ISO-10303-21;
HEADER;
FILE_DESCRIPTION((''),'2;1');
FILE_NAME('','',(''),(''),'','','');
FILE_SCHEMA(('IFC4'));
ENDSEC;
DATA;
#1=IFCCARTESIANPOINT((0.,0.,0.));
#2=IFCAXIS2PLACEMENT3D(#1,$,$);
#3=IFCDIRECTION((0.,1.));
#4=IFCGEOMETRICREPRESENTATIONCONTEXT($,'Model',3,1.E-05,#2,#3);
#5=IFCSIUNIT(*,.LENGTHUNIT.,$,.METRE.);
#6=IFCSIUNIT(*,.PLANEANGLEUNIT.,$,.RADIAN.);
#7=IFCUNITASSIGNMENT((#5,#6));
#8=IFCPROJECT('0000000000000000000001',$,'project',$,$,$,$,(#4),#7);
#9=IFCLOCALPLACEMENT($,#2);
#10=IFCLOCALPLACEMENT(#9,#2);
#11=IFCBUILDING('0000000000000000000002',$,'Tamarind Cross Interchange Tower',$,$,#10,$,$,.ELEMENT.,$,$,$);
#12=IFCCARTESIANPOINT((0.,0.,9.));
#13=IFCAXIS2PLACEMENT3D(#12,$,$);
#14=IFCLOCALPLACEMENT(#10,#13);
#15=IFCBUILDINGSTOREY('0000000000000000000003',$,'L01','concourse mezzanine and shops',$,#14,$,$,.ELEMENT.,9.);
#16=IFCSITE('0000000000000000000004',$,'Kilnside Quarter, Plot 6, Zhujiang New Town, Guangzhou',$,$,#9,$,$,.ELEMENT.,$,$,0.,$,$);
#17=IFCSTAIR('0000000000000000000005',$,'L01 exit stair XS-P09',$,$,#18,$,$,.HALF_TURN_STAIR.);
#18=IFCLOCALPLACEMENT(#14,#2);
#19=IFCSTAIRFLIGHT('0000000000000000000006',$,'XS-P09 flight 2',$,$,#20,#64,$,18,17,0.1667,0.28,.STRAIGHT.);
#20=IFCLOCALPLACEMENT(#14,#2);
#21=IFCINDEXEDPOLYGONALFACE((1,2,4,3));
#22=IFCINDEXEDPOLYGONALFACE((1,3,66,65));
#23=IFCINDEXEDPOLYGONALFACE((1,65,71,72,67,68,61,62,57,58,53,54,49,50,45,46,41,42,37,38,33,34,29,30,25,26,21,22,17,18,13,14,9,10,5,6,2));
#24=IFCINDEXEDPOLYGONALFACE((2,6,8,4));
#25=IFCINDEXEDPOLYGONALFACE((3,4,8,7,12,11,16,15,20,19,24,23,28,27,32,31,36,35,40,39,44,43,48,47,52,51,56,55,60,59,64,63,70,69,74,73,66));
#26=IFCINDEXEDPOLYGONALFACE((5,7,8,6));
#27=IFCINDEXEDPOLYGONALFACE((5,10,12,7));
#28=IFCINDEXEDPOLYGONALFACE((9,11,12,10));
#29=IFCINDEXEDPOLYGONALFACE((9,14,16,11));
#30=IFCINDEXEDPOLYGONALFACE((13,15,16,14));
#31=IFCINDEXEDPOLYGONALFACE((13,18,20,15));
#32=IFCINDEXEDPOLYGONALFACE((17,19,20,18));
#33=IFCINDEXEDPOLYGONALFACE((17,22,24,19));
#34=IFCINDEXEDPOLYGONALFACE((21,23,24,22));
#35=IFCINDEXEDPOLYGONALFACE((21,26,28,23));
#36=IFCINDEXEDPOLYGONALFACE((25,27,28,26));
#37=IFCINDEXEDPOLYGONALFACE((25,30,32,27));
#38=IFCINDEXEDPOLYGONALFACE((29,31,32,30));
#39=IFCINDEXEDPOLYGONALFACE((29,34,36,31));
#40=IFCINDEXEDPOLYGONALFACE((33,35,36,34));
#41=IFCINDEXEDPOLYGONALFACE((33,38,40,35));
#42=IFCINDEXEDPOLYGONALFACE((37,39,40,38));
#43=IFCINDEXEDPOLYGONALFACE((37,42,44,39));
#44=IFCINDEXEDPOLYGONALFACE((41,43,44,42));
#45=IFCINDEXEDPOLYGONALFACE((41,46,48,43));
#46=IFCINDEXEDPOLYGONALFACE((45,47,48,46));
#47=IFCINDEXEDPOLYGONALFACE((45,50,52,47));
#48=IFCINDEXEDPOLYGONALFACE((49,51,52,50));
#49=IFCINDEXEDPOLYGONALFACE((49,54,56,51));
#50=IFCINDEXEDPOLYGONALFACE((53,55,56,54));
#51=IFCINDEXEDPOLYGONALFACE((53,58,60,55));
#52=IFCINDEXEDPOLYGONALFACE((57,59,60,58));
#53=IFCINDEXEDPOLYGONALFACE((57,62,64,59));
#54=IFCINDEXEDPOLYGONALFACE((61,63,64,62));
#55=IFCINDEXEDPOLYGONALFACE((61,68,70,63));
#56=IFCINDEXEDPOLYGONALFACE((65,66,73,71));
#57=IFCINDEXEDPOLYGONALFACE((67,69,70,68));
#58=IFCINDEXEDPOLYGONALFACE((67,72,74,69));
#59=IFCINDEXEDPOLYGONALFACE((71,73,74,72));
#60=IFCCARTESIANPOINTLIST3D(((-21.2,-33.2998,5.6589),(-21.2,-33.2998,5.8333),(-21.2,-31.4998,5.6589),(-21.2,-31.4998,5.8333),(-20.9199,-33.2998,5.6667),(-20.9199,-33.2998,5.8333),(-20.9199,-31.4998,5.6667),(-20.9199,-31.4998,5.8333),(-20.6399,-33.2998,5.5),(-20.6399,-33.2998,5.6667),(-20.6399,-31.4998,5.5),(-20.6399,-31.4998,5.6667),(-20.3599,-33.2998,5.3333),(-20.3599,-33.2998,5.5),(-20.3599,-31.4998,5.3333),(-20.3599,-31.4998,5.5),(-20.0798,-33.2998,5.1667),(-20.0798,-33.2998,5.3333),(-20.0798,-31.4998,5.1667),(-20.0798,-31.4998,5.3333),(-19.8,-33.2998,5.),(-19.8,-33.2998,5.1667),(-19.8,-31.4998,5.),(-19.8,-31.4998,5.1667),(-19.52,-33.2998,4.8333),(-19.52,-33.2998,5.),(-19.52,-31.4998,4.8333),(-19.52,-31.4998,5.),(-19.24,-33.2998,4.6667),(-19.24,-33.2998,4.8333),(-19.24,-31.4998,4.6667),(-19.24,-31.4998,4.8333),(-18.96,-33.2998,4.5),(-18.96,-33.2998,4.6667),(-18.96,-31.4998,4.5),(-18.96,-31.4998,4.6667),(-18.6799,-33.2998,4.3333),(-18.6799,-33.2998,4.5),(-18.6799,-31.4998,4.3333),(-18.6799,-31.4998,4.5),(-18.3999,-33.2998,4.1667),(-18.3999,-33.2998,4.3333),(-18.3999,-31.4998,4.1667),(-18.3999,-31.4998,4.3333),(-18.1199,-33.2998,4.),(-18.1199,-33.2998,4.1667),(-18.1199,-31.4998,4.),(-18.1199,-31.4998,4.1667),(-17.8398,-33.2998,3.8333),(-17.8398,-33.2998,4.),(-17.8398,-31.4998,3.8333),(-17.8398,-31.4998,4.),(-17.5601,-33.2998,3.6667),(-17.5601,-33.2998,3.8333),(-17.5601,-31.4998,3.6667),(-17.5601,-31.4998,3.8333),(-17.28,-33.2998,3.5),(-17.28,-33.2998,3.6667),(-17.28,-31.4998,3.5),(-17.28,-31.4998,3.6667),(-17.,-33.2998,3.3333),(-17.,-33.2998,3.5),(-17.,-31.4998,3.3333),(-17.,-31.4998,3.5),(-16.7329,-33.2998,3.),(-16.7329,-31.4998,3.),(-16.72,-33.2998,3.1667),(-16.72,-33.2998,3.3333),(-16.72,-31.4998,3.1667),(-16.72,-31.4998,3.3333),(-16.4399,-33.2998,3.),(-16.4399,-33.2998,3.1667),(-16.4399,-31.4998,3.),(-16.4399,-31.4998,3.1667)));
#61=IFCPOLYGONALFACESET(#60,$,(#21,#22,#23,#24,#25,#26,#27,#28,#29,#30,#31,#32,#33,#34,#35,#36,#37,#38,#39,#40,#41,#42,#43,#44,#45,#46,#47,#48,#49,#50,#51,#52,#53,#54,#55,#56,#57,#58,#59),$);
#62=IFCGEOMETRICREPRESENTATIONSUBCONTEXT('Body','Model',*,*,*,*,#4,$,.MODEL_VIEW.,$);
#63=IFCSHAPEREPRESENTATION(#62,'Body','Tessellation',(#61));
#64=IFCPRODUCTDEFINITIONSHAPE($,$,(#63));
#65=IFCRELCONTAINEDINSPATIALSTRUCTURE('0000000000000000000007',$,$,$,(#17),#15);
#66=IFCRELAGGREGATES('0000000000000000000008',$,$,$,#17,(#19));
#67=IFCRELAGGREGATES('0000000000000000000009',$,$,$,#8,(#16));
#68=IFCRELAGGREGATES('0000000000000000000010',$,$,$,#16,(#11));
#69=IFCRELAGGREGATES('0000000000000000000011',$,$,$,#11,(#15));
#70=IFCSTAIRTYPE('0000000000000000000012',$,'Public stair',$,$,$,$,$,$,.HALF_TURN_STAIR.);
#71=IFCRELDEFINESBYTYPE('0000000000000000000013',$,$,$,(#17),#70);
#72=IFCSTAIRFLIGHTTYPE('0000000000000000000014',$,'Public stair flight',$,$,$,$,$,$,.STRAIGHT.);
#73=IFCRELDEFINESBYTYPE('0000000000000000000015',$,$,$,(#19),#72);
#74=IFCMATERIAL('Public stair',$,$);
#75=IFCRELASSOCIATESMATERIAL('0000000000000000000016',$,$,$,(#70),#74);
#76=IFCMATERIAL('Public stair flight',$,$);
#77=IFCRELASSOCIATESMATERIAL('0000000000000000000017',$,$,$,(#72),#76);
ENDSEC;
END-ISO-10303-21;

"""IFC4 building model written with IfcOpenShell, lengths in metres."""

from ifc_helpers import new_model, si_unit, direction, frame, origin, place, context, subcontext, project, spatial, polyline, outline, extrude, material, type_object, element, aggregate, save


model = new_model("IFC4")

# Units and contexts
model_context = context("Model", 3, precision=1e-05, world=origin(), true_north=direction((0.0, 1.0)))
body_context = subcontext(model_context, "Body", "Model", "MODEL_VIEW")
ifc_project = project(units=[si_unit("LENGTHUNIT", "METRE"), si_unit("PLANEANGLEUNIT", "RADIAN")], contexts=[model_context])

# Site, building, storey
site_placement = place(None, origin())
site = spatial("IfcSite", under=ifc_project, at=site_placement, Name="Kilnside Quarter, Plot 6, Zhujiang New Town, Guangzhou", CompositionType="ELEMENT", RefElevation=0.0)
building_placement = place(site_placement, origin())
building = spatial("IfcBuilding", under=site, at=building_placement, Name="Tamarind Cross Interchange Tower", CompositionType="ELEMENT")
storey_placement = place(building_placement, frame((0.0, 0.0, 9.0)))
storey = spatial("IfcBuildingStorey", under=building, at=storey_placement, Name="L01", Description="concourse mezzanine and shops", CompositionType="ELEMENT", Elevation=9.0)

# Shared definitions
ifc_material_1 = material(Name="Public stair")
stair_type = type_object("IfcStairType", Name="Public stair", PredefinedType="HALF_TURN_STAIR", material=ifc_material_1)
ifc_material_2 = material(Name="Public stair flight")
stair_flight_type = type_object("IfcStairFlightType", Name="Public stair flight", PredefinedType="STRAIGHT", material=ifc_material_2)

# Stair, stair flight
stair_1_placement = place(storey_placement, origin())
stair_1 = element("IfcStair", 1, at=stair_1_placement, inside=storey, type_object=stair_type, Name="L01 exit stair XS-P09", PredefinedType="HALF_TURN_STAIR")
stair_flight_1_placement = place(storey_placement, frame((-16.4399, -32.3999, 3.0), z_axis=(0.0, 0.0, 1.0), x_axis=(-1.0, 0.0, 0.0)))
stair_flight_1 = element("IfcStairFlight", 2, at=stair_flight_1_placement, type_object=stair_flight_type, Name="XS-P09 flight 2", NumberOfRisers=18, NumberOfTreads=17, PredefinedType="STRAIGHT", RiserHeight=0.1667, TreadLength=0.28, context=body_context, shape_type="SweptSolid", body=[
    extrude(outline(polyline([(0.0, 0.0), (0.0, 0.1667), (0.28, 0.1667), (0.28, 0.3333), (0.5601, 0.3333), (0.5601, 0.5), (0.8401, 0.5), (0.8401, 0.6667), (1.1201, 0.6667), (1.1201, 0.8333), (1.3999, 0.8333), (1.3999, 1.0), (1.6799, 1.0), (1.6799, 1.1667), (1.96, 1.1667), (1.96, 1.3333), (2.24, 1.3333), (2.24, 1.5), (2.52, 1.5), (2.52, 1.6667), (2.8, 1.6667), (2.8, 1.8333), (3.0801, 1.8333), (3.0801, 2.0), (3.3601, 2.0), (3.3601, 2.1667), (3.6399, 2.1667), (3.6399, 2.3333), (3.9199, 2.3333), (3.9199, 2.5), (4.2, 2.5), (4.2, 2.6667), (4.48, 2.6667), (4.48, 2.8333), (4.76, 2.8333), (4.76, 3.0), (4.76, 2.6589), (0.293, 0.0), (0.0, 0.0)])), frame((0.0, 0.8999, 0.0), z_axis=(0.0, -1.0, 0.0), x_axis=(1.0, 0.0, 0.0)), (0.0, 0.0, 1.0), 1.8),
])
aggregate(stair_1, [stair_flight_1])

save(model, "model.ifc")
